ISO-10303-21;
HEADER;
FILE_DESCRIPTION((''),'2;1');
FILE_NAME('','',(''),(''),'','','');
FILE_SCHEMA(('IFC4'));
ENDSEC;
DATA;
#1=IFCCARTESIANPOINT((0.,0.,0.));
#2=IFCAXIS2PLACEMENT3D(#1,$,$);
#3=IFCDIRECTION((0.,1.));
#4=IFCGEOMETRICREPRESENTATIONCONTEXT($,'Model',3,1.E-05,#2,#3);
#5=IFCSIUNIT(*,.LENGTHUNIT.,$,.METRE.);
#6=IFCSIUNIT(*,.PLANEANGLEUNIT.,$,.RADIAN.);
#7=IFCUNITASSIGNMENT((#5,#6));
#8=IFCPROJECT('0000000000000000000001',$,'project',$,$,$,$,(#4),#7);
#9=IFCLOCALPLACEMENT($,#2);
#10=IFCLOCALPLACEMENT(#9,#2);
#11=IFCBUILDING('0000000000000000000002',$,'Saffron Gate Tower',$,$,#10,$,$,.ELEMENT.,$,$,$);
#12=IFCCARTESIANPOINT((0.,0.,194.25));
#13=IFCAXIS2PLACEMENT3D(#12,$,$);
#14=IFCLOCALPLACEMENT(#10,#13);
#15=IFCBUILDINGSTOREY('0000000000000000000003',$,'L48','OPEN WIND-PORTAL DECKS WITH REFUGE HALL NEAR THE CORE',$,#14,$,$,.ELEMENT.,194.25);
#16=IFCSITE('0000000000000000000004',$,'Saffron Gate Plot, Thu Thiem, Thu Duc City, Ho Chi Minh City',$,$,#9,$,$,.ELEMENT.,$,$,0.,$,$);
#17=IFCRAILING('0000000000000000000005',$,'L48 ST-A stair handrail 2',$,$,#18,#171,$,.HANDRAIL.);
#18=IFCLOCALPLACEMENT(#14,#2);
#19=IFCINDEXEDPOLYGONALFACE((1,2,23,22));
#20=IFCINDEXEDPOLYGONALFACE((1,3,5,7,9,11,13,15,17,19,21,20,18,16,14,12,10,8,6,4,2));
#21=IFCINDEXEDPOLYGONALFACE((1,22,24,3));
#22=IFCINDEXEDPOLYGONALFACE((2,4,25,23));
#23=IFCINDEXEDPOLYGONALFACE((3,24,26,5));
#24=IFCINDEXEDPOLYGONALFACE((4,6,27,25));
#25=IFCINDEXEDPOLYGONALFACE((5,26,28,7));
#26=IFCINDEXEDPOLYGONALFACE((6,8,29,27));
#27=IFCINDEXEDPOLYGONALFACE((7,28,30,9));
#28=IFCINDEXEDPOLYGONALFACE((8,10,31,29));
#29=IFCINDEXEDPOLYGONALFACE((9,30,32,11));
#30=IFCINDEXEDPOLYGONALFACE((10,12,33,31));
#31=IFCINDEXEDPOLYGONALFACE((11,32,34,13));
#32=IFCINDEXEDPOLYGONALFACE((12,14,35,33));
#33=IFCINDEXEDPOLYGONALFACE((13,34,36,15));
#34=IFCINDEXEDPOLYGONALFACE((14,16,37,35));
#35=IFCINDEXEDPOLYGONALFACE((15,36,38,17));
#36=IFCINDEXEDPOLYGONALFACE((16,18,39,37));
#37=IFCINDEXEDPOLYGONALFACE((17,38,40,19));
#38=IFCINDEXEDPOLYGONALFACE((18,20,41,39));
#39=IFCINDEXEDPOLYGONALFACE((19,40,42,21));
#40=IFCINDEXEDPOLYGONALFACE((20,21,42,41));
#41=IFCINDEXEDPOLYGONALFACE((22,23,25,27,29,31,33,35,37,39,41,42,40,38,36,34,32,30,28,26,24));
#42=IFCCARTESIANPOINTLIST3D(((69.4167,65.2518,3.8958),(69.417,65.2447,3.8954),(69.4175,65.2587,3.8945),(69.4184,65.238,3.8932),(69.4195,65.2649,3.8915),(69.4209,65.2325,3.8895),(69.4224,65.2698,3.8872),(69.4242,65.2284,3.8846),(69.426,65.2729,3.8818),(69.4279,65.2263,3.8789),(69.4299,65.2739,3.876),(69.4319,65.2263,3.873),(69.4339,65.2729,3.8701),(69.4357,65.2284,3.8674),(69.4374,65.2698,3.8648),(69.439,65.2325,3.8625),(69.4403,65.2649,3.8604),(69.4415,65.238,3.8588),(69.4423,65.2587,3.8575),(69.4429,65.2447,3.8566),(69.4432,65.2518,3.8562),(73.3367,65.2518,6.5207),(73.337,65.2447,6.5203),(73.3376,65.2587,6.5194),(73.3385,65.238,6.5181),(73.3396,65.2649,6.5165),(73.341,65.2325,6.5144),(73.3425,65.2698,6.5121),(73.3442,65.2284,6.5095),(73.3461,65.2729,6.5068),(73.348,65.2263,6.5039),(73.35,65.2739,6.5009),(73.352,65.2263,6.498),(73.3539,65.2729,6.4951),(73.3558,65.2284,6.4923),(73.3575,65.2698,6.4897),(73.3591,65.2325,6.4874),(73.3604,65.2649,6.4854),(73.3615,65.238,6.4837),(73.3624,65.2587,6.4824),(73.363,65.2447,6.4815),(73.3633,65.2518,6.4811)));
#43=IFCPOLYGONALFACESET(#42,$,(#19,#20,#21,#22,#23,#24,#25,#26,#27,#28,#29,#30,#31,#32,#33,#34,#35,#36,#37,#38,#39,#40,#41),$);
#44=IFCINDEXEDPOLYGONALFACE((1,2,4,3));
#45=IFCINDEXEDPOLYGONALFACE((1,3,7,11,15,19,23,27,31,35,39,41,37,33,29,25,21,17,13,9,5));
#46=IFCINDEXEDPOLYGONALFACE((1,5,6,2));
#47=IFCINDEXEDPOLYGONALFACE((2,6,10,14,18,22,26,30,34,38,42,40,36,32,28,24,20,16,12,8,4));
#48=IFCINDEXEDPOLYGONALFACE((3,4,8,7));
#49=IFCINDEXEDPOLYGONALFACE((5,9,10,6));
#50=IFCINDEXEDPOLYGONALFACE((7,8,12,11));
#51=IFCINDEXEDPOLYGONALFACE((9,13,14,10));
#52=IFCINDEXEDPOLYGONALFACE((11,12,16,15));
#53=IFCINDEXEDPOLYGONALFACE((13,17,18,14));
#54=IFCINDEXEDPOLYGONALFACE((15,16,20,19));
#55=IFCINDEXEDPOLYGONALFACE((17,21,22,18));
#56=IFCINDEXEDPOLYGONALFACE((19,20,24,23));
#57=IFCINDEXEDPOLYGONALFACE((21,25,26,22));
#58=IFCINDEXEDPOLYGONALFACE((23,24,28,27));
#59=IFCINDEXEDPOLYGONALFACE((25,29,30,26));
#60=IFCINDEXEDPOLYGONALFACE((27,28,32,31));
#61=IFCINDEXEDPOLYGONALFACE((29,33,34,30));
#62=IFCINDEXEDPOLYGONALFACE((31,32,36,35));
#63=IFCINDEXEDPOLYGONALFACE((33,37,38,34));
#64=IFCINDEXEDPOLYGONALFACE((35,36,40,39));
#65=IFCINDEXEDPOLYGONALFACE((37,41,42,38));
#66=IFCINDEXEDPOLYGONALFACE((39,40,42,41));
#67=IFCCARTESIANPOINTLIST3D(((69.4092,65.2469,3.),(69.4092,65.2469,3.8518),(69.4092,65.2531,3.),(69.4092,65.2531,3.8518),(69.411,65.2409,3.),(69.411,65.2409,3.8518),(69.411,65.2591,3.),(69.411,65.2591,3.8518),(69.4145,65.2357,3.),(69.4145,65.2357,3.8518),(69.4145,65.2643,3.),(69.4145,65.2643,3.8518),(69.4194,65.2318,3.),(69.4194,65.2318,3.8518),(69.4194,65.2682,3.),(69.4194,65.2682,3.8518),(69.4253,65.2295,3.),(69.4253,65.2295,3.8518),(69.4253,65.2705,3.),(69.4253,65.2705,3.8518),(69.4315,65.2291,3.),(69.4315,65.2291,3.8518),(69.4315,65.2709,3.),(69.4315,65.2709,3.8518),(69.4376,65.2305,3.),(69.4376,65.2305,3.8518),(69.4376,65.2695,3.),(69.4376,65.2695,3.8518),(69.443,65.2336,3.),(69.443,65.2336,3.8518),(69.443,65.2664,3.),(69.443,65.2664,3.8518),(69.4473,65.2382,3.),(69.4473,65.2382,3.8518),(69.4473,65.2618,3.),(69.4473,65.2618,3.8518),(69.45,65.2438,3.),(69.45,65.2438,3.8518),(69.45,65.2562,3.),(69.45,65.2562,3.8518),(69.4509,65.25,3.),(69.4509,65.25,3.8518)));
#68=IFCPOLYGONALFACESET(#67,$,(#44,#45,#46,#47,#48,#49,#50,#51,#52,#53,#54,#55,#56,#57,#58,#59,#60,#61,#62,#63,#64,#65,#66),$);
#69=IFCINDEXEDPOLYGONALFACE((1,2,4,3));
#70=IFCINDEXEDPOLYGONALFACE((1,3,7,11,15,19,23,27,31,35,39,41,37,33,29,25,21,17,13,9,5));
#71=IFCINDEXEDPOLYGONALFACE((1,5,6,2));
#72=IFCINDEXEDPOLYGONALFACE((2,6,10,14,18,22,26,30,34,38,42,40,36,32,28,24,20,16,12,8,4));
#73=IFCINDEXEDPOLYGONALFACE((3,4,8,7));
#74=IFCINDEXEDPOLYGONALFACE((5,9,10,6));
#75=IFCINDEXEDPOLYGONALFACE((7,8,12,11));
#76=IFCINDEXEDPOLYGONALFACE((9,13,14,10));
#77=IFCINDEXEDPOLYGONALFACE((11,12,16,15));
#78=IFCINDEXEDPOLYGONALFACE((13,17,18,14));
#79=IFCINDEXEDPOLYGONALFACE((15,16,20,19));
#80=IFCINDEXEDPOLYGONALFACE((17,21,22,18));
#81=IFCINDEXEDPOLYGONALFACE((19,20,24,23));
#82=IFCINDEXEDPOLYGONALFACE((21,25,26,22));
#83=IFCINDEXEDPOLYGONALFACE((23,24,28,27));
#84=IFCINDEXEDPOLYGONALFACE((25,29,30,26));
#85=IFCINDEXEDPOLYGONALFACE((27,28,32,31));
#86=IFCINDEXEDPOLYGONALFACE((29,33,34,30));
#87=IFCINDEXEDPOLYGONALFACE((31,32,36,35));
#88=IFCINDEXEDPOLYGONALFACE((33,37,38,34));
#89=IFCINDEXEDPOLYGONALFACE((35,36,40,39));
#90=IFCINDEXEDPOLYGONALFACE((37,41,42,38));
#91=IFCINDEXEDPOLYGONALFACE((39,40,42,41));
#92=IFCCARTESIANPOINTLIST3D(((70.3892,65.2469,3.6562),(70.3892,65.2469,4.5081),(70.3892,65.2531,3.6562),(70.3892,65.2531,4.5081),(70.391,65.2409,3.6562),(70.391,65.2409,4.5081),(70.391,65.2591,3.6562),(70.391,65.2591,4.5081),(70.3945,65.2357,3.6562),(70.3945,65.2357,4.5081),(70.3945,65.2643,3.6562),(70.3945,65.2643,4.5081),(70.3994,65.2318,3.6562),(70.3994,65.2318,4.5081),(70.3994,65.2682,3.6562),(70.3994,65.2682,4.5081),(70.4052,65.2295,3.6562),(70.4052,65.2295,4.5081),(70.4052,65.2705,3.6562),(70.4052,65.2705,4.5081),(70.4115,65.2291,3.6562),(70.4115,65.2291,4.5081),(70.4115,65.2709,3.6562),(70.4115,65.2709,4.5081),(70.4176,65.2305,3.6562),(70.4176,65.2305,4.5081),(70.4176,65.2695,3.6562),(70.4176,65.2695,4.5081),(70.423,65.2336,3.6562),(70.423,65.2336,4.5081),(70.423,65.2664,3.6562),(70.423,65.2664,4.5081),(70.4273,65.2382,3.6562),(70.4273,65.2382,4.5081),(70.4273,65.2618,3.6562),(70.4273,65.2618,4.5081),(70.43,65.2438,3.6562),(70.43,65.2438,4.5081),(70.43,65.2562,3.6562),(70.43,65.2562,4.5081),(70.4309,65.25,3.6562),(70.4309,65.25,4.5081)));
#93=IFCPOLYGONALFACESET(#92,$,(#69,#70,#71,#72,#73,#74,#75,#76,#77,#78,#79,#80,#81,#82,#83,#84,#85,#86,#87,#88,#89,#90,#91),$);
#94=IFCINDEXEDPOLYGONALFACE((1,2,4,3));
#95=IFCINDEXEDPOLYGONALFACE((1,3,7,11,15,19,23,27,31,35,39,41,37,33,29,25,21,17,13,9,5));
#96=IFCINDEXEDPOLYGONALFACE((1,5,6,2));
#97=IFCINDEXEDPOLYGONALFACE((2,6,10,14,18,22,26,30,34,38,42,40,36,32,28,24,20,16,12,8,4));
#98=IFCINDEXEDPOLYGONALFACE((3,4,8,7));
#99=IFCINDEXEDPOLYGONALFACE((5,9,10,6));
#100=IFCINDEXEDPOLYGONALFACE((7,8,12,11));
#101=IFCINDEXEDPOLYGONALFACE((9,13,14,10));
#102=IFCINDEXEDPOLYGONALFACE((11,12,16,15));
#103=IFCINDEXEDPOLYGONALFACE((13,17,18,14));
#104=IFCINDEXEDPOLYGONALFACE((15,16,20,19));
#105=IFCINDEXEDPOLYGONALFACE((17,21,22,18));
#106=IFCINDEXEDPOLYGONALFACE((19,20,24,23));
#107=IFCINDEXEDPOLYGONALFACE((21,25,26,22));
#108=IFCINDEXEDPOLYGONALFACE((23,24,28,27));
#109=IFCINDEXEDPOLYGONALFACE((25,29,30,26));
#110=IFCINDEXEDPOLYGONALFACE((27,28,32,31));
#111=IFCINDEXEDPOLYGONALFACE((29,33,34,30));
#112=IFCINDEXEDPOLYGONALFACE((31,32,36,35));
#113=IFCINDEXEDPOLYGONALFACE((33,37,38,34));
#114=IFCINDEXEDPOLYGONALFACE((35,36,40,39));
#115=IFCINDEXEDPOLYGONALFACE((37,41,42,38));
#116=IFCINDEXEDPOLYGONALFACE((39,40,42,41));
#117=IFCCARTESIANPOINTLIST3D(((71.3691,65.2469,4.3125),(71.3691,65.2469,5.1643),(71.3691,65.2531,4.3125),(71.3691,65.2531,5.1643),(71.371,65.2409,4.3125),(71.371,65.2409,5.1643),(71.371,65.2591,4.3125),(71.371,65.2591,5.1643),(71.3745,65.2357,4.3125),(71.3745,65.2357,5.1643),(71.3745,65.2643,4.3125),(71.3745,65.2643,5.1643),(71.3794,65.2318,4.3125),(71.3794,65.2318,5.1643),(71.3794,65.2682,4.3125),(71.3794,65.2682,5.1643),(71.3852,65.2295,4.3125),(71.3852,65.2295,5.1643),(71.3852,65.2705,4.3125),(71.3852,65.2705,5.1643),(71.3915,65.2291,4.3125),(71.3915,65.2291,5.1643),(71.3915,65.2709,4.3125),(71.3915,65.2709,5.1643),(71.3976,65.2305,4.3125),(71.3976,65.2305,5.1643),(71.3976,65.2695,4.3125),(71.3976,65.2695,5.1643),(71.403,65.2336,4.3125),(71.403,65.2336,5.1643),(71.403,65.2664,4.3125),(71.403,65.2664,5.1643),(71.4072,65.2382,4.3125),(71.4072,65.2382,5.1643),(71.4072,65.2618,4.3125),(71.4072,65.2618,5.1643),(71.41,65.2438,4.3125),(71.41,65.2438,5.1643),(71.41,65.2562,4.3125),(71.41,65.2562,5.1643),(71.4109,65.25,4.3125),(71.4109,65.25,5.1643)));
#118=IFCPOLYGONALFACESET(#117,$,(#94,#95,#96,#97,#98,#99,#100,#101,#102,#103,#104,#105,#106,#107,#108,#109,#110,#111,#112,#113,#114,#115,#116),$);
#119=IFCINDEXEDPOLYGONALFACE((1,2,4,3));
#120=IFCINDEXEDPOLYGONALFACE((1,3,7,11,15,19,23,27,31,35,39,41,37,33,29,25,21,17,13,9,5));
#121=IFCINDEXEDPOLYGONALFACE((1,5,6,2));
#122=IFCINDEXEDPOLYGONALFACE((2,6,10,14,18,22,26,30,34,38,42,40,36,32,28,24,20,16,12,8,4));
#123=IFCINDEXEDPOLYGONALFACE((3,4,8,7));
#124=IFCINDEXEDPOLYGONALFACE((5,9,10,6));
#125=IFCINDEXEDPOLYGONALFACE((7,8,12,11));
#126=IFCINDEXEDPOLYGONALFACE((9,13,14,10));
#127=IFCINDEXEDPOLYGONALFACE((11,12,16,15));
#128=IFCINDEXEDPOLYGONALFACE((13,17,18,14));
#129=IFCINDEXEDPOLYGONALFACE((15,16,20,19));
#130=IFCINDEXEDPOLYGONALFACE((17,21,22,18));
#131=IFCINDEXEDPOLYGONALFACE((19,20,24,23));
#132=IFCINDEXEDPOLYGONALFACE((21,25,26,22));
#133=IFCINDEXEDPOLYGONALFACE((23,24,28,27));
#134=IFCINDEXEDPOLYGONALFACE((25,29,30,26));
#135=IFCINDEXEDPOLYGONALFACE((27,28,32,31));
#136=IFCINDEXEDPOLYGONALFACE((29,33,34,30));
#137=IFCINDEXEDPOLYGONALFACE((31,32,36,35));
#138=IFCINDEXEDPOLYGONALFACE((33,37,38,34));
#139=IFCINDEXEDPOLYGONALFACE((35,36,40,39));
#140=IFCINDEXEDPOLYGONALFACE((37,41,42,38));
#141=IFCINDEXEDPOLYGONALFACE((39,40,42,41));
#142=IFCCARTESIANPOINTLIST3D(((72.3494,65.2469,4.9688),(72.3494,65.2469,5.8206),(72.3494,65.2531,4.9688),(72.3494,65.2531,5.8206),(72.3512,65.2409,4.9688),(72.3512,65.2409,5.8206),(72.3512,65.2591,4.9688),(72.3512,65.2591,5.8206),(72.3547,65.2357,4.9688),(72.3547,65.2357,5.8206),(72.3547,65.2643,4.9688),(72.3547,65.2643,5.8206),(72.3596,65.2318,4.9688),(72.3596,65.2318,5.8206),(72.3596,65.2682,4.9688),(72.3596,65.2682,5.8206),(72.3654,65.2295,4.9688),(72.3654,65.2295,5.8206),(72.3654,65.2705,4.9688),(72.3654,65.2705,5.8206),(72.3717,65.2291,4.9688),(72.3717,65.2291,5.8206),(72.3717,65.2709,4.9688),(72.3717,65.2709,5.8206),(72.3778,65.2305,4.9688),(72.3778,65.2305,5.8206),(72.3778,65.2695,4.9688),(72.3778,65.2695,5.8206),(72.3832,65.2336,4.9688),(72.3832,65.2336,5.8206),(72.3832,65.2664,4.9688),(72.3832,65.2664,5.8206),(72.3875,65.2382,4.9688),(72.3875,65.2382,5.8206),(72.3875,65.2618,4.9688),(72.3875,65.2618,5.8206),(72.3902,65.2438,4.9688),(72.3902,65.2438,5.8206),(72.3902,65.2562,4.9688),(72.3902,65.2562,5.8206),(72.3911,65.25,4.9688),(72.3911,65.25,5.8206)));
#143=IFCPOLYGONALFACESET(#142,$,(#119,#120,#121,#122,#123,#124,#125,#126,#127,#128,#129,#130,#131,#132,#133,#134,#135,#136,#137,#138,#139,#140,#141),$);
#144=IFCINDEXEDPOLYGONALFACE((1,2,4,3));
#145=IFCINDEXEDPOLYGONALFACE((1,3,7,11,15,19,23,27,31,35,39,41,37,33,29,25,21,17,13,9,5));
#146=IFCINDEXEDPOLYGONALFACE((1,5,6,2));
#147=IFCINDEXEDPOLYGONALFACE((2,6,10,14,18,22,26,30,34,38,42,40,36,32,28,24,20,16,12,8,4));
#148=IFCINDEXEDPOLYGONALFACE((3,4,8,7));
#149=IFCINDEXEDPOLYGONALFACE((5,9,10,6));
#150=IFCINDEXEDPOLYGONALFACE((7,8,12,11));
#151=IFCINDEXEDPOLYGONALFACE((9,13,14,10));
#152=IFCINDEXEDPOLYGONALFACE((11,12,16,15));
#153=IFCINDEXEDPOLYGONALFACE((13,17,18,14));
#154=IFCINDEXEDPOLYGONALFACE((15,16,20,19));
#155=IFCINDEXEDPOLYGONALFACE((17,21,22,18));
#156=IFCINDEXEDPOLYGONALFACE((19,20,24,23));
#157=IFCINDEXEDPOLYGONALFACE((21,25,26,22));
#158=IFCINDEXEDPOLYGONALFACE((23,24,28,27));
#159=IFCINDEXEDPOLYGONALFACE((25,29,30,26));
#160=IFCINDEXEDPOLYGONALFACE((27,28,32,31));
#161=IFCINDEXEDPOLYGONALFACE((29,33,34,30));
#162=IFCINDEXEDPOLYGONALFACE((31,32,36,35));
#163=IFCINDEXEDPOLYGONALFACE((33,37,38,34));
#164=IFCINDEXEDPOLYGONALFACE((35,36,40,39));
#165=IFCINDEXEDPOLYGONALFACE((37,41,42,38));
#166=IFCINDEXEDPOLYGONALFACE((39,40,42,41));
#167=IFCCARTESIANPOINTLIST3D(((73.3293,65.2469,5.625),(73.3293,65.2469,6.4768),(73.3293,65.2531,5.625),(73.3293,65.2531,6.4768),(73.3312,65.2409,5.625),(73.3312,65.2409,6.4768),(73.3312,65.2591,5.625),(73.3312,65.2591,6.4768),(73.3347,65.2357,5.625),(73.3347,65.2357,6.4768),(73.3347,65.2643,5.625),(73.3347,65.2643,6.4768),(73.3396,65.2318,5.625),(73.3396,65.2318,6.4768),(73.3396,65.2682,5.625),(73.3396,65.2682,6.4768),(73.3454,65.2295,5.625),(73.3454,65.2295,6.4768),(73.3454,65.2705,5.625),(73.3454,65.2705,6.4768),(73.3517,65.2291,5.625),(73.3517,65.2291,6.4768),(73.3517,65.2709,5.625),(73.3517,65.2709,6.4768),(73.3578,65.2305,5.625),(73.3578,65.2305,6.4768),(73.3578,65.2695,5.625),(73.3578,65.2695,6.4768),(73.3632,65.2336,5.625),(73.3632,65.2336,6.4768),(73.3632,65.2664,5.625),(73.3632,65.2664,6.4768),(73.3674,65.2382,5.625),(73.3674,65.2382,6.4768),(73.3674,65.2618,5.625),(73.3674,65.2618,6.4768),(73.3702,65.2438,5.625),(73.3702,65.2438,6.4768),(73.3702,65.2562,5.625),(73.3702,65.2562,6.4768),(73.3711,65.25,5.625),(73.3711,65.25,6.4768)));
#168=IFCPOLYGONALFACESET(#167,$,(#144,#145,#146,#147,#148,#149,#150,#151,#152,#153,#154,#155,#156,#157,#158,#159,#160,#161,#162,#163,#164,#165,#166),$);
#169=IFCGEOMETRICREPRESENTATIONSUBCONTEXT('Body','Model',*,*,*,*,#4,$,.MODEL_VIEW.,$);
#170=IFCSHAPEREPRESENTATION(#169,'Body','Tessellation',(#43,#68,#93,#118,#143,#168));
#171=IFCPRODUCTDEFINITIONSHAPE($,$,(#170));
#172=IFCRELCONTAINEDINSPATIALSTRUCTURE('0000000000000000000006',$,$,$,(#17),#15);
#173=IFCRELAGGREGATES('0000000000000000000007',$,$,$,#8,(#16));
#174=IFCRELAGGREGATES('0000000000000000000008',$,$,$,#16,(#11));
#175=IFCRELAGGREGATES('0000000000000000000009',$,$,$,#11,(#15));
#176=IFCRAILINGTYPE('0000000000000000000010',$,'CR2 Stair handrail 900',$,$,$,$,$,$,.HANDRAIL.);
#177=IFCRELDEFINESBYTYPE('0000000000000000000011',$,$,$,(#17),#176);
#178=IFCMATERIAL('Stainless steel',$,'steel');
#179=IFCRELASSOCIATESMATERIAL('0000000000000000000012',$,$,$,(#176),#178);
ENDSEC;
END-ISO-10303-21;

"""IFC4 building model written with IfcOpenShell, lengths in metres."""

from ifc_helpers import new_model, si_unit, direction, frame, origin, origin_2d, place, context, subcontext, project, spatial, circle, extrude, material, type_object, element, save


model = new_model("IFC4")

# Units and contexts
model_context = context("Model", 3, precision=1e-05, world=origin(), true_north=direction((0.0, 1.0)))
body_context = subcontext(model_context, "Body", "Model", "MODEL_VIEW")
ifc_project = project(units=[si_unit("LENGTHUNIT", "METRE"), si_unit("PLANEANGLEUNIT", "RADIAN")], contexts=[model_context])

# Site, building, storey
site_placement = place(None, origin())
site = spatial("IfcSite", under=ifc_project, at=site_placement, Name="Saffron Gate Plot, Thu Thiem, Thu Duc City, Ho Chi Minh City", CompositionType="ELEMENT", RefElevation=0.0)
building_placement = place(site_placement, origin())
building = spatial("IfcBuilding", under=site, at=building_placement, Name="Saffron Gate Tower", CompositionType="ELEMENT")
storey_placement = place(building_placement, frame((0.0, 0.0, 194.25)))
storey = spatial("IfcBuildingStorey", under=building, at=storey_placement, Name="L48", Description="OPEN WIND-PORTAL DECKS WITH REFUGE HALL NEAR THE CORE", CompositionType="ELEMENT", Elevation=194.25)

# Railing
ifc_material_1 = material(Name="Stainless steel", Category="steel")
railing_type = type_object("IfcRailingType", Name="CR2 Stair handrail 900", PredefinedType="HANDRAIL", material=ifc_material_1)
for number, where, name in (
    (1, (69.4299, 65.25, 3.0), "L48 ST-A stair handrail 2"),
):
    element("IfcRailing", number, at=place(storey_placement, frame(where)), inside=storey, type_object=railing_type, Name=name, PredefinedType="HANDRAIL", context=body_context, shape_type="SweptSolid", body=[
        extrude(circle(Radius=0.0239, at=origin_2d()), frame((0.0, 0.0, 0.876), z_axis=(0.830918, 0.0, 0.556395), x_axis=(0.0, 1.0, 0.0)), (0.0, 0.0, 1.0), 4.7178),
        extrude(circle(Radius=0.021, at=origin_2d()), origin(), (0.0, 0.0, 1.0), 0.8518),
        extrude(circle(Radius=0.021, at=origin_2d()), frame((0.98, 0.0, 0.6562)), (0.0, 0.0, 1.0), 0.8518),
        extrude(circle(Radius=0.021, at=origin_2d()), frame((1.96, 0.0, 1.3125)), (0.0, 0.0, 1.0), 0.8518),
        extrude(circle(Radius=0.021, at=origin_2d()), frame((2.9402, 0.0, 1.9688)), (0.0, 0.0, 1.0), 0.8518),
        extrude(circle(Radius=0.021, at=origin_2d()), frame((3.9202, 0.0, 2.625)), (0.0, 0.0, 1.0), 0.8518),
    ])

save(model, "model.ifc")
